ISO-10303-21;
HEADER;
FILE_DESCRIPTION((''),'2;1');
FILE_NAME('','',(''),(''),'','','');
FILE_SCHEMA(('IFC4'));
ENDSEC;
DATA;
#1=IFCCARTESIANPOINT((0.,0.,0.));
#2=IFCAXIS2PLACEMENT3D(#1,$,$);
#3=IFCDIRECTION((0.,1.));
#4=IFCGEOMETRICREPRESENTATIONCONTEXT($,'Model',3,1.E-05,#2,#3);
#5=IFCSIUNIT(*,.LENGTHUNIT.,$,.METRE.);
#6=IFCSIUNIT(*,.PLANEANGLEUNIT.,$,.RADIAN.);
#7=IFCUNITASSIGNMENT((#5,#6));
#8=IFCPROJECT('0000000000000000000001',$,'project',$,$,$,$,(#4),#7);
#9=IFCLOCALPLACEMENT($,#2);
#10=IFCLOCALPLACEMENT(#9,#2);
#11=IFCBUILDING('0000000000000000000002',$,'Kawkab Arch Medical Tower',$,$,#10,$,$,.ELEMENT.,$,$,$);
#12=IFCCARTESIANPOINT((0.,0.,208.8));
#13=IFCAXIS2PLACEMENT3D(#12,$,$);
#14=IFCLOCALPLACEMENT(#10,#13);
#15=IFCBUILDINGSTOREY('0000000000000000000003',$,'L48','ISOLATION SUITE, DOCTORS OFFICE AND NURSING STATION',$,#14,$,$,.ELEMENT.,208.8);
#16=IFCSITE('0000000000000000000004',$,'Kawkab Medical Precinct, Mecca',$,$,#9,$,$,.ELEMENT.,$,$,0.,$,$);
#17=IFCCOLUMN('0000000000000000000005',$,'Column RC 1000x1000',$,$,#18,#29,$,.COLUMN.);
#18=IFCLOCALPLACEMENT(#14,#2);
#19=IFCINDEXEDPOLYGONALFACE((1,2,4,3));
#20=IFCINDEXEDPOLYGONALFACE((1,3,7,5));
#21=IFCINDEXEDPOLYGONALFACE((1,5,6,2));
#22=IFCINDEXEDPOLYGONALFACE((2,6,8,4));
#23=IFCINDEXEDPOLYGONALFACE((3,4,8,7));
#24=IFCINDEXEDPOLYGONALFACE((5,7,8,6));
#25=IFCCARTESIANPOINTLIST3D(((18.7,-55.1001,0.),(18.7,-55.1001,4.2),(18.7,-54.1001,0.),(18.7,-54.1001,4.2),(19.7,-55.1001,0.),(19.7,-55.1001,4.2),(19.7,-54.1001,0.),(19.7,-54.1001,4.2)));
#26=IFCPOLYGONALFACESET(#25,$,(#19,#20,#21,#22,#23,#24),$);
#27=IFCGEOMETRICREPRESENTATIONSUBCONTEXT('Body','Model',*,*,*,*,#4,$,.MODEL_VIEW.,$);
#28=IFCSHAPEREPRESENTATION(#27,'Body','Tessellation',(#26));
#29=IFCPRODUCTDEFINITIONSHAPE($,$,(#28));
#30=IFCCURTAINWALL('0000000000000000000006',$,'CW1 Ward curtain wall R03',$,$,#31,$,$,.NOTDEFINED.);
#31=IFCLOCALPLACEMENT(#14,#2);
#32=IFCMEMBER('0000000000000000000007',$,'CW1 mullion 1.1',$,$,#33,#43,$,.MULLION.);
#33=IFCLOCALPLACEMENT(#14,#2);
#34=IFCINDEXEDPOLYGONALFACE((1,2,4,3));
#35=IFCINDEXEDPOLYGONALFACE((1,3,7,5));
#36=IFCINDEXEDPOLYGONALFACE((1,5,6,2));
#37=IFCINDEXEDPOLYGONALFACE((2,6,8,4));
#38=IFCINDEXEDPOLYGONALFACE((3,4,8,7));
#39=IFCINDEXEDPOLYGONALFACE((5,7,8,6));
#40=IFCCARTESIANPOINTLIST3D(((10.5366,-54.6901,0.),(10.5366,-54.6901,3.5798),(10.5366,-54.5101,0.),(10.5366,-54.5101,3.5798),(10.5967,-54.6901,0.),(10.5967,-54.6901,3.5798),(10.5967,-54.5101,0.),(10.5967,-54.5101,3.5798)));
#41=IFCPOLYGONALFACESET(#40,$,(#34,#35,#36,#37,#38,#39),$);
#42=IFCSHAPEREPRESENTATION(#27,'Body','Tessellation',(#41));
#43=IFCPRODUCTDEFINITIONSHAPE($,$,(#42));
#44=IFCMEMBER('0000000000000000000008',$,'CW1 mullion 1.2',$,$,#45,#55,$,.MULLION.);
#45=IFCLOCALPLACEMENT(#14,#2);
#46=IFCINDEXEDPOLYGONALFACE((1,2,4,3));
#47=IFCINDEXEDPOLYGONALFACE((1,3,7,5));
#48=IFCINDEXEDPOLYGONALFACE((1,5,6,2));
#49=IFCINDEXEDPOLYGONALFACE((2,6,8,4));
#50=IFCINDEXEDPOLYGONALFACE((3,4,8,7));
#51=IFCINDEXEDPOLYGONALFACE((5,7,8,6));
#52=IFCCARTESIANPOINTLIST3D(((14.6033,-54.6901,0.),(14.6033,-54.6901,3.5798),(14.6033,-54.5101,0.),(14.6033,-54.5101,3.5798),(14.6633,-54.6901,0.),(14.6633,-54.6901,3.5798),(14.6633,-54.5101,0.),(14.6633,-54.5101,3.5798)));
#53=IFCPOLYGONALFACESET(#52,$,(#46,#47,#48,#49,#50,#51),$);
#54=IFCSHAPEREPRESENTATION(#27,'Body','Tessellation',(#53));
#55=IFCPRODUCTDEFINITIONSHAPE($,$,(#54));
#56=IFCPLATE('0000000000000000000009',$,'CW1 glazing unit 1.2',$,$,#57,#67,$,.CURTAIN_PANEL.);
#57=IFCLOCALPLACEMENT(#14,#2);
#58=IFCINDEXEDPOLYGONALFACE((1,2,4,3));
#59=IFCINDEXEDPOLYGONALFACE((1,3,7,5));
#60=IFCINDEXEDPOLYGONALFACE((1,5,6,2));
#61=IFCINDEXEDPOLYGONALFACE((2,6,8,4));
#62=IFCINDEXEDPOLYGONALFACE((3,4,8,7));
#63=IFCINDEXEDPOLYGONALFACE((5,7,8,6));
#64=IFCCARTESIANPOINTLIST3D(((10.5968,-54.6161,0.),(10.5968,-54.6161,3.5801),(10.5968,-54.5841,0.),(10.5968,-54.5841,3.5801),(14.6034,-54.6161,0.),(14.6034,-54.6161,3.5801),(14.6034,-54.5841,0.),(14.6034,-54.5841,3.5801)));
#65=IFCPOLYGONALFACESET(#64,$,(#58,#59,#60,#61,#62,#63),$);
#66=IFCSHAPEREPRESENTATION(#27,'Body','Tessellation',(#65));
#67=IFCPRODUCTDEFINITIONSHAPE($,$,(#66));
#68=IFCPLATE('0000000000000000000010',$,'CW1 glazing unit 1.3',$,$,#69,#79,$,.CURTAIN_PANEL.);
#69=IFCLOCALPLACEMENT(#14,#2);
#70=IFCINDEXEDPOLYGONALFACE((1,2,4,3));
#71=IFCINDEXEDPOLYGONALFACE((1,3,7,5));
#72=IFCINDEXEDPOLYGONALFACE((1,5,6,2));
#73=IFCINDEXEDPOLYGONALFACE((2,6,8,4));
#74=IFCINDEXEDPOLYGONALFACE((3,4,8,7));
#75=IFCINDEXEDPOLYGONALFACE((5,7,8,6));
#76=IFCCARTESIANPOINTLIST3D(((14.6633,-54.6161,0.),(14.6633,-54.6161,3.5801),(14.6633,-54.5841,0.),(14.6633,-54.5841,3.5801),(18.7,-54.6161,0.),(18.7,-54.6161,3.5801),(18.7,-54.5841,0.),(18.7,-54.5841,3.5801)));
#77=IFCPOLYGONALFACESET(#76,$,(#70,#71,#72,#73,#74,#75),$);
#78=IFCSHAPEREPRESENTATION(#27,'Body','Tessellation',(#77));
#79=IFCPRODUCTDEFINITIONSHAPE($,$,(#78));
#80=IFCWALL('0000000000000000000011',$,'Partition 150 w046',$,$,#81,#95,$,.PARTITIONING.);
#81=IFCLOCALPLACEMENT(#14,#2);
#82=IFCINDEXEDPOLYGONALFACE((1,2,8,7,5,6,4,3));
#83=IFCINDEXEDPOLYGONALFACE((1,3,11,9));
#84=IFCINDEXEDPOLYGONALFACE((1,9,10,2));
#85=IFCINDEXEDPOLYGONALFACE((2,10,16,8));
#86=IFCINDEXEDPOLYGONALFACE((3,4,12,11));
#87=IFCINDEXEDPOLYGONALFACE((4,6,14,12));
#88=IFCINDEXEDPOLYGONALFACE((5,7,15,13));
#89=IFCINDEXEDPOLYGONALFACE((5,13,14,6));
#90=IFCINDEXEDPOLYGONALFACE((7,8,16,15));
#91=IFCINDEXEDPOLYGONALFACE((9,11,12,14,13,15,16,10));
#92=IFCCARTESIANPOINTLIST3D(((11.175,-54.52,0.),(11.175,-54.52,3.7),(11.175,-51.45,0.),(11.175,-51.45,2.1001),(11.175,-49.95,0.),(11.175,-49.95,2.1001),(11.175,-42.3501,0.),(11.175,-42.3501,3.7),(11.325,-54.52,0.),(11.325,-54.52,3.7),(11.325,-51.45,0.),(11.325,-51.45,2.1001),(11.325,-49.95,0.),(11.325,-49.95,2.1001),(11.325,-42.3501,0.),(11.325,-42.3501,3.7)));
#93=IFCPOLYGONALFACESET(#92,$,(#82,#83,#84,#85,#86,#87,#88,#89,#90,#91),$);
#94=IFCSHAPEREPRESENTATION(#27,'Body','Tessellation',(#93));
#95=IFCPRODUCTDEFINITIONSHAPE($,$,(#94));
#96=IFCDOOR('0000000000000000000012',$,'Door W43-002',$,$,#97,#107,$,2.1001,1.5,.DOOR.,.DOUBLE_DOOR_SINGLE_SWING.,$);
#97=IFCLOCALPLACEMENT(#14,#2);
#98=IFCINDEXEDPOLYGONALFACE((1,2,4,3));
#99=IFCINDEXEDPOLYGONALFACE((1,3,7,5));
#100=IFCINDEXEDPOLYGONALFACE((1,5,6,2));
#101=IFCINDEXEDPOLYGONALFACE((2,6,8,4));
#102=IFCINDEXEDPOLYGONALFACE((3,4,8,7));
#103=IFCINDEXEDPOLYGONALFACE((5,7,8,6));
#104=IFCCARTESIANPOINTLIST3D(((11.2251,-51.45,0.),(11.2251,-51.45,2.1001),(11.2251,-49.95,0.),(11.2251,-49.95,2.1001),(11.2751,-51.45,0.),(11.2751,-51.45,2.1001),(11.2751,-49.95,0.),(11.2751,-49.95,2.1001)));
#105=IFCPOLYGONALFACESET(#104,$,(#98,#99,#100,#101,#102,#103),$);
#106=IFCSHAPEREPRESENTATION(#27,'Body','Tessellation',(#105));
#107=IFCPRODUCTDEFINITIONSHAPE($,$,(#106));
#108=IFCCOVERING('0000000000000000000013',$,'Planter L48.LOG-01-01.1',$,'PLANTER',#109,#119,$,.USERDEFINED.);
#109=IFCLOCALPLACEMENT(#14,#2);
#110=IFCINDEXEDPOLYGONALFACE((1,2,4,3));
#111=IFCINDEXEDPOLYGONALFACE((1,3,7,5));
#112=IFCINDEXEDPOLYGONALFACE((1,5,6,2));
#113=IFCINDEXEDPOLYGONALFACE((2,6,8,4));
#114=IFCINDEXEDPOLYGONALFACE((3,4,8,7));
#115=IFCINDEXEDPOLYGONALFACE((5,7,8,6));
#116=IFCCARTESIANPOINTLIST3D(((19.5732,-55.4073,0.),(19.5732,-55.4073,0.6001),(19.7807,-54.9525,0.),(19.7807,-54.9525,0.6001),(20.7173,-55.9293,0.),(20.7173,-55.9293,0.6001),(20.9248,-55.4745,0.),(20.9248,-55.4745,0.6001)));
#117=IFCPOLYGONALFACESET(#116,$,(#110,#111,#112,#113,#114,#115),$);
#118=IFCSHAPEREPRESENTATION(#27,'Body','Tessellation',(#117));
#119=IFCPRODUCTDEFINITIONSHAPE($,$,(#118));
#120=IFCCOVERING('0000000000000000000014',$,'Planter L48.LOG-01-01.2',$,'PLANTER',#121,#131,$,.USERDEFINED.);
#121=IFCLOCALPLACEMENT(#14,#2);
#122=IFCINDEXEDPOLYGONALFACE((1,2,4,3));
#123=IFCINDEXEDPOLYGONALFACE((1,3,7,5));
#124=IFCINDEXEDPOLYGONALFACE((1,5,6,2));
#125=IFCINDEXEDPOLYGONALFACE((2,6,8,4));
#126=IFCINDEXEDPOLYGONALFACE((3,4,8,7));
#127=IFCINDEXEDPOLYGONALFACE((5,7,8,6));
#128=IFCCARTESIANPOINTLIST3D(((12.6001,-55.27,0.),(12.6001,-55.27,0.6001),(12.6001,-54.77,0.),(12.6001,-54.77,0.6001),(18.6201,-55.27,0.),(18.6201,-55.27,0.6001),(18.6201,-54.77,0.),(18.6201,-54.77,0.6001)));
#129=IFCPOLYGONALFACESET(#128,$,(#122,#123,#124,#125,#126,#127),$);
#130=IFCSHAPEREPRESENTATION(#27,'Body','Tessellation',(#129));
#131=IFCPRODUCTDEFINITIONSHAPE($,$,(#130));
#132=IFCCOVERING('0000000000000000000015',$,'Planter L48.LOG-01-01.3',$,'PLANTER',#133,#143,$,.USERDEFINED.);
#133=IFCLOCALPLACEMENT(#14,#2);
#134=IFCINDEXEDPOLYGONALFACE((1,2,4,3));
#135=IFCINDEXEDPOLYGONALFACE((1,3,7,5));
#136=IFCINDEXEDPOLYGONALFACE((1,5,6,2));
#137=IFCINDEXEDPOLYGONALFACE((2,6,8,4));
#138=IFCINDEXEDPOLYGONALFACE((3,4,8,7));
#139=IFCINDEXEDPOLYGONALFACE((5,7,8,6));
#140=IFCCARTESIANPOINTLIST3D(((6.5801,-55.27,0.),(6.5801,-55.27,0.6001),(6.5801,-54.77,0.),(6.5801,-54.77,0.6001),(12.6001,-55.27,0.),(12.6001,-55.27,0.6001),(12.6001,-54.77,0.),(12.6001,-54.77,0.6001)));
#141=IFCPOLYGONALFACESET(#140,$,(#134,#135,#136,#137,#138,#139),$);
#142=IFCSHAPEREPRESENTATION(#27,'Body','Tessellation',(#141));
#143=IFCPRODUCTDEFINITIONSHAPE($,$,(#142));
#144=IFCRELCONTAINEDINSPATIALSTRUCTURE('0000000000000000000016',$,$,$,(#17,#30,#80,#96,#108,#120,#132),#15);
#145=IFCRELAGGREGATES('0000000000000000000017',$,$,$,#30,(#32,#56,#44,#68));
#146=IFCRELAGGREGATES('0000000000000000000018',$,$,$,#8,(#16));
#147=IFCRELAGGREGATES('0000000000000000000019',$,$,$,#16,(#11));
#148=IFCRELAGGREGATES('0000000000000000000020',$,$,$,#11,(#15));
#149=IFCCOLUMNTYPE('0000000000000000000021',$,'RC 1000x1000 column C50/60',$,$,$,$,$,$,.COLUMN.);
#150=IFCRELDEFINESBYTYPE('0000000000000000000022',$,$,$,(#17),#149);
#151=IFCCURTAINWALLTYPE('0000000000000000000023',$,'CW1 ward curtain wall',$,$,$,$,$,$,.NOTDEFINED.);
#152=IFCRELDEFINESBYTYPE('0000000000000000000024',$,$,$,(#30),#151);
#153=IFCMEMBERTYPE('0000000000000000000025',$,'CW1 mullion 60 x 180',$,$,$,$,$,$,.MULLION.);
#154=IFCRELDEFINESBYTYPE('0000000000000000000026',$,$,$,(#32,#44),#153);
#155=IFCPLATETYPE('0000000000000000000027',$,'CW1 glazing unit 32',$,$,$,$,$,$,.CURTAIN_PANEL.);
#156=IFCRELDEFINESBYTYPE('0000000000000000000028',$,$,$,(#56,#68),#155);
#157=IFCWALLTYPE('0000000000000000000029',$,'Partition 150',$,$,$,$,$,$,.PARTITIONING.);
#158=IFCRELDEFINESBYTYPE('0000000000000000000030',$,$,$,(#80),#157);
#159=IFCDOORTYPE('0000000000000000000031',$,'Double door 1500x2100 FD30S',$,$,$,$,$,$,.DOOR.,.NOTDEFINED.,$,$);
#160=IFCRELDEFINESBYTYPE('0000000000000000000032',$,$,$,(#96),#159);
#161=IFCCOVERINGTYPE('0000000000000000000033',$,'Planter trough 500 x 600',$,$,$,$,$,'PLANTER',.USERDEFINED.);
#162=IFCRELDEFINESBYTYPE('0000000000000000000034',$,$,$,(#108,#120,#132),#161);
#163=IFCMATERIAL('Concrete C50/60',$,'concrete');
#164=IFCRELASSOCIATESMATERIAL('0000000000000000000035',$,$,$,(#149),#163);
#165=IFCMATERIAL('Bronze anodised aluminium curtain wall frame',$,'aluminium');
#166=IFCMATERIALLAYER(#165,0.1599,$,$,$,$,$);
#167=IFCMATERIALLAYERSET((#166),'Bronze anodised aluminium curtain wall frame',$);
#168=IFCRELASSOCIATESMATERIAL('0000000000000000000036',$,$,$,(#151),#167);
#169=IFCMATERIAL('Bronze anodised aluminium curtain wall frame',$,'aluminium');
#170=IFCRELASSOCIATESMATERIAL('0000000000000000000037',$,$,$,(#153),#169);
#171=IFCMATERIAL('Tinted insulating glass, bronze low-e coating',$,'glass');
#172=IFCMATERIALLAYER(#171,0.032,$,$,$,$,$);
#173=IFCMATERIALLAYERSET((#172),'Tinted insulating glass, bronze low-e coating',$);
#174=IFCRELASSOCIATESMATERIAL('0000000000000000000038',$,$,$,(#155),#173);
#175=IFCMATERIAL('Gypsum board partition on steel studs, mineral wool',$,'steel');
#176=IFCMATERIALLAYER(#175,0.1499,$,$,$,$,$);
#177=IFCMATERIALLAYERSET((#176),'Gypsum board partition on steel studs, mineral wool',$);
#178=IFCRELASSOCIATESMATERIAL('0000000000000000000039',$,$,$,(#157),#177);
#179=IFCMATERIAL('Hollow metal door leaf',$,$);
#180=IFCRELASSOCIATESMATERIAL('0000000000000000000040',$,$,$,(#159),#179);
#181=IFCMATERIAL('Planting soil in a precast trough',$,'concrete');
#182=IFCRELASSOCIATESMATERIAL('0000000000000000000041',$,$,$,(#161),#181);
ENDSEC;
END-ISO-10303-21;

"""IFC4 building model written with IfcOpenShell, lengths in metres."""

from ifc_helpers import new_model, si_unit, direction, frame, frame_2d, origin, origin_2d, place, context, subcontext, project, spatial, rectangle, extrude, material, layer, layer_set, material_profile, profile_set, type_object, element, fill, aggregate, save


model = new_model("IFC4")

# Units and contexts
model_context = context("Model", 3, precision=1e-05, world=origin(), true_north=direction((0.0, 1.0)))
body_context = subcontext(model_context, "Body", "Model", "MODEL_VIEW")
ifc_project = project(units=[si_unit("LENGTHUNIT", "METRE"), si_unit("PLANEANGLEUNIT", "RADIAN")], contexts=[model_context])

# Site, building, storey
site_placement = place(None, origin())
site = spatial("IfcSite", under=ifc_project, at=site_placement, Name="Kawkab Medical Precinct, Mecca", CompositionType="ELEMENT", RefElevation=0.0)
building_placement = place(site_placement, origin())
building = spatial("IfcBuilding", under=site, at=building_placement, Name="Kawkab Arch Medical Tower", CompositionType="ELEMENT")
storey_placement = place(building_placement, frame((0.0, 0.0, 208.8)))
storey = spatial("IfcBuildingStorey", under=building, at=storey_placement, Name="L48", Description="ISOLATION SUITE, DOCTORS OFFICE AND NURSING STATION", CompositionType="ELEMENT", Elevation=208.8)

# Column
ifc_material_1 = material(Name="Concrete C50/60", Category="concrete")
ifc_material_profile_1 = material_profile(ifc_material_1, rectangle(XDim=1.0, YDim=1.0, at=origin_2d()), Name="RC 1000x1000")
ifc_profile_set_1 = profile_set([ifc_material_profile_1], Name="Concrete C50/60")
column_type = type_object("IfcColumnType", Name="RC 1000x1000 column C50/60", PredefinedType="COLUMN", material=ifc_profile_set_1)
column_placement = place(storey_placement, frame((19.2, -54.6001, 0.0), z_axis=(0.0, 0.0, 1.0), x_axis=(1.0, 0.0, 0.0)))
element("IfcColumn", 1, at=column_placement, inside=storey, type_object=column_type, Name="Column RC 1000x1000", PredefinedType="COLUMN", context=body_context, shape_type="SweptSolid", body=[
    extrude(rectangle(XDim=1.0, YDim=1.0, at=origin_2d()), origin(), (0.0, 0.0, 1.0), 4.2),
])

# Curtain wall, members, plates
ifc_material_2 = material(Name="Bronze anodised aluminium curtain wall frame", Category="aluminium")
ifc_layer_1 = layer(ifc_material_2, 0.1599)
ifc_layer_set_1 = layer_set([ifc_layer_1], Name="Bronze anodised aluminium curtain wall frame")
curtain_wall_type = type_object("IfcCurtainWallType", Name="CW1 ward curtain wall", PredefinedType="NOTDEFINED", material=ifc_layer_set_1)
curtain_wall_placement = place(storey_placement, origin())
curtain_wall = element("IfcCurtainWall", 2, at=curtain_wall_placement, inside=storey, type_object=curtain_wall_type, Name="CW1 Ward curtain wall R03", PredefinedType="NOTDEFINED")
ifc_material_3 = material(Name="Bronze anodised aluminium curtain wall frame", Category="aluminium")
ifc_material_profile_2 = material_profile(ifc_material_3, rectangle(XDim=0.1799, YDim=0.0601, at=origin_2d()), Name="AL 60x180")
ifc_profile_set_2 = profile_set([ifc_material_profile_2], Name="Bronze anodised aluminium curtain wall frame")
member_type = type_object("IfcMemberType", Name="CW1 mullion 60 x 180", PredefinedType="MULLION", material=ifc_profile_set_2)
member_1_placement = place(storey_placement, frame((10.5667, -54.6001, 0.0), z_axis=(0.0, 0.0, 1.0), x_axis=(0.0, 1.0, 0.0)))
member_1 = element("IfcMember", 3, at=member_1_placement, type_object=member_type, Name="CW1 mullion 1.1", PredefinedType="MULLION", context=body_context, shape_type="SweptSolid", body=[
    extrude(rectangle(XDim=0.1799, YDim=0.0601, at=origin_2d()), origin(), (0.0, 0.0, 1.0), 3.5798),
])
member_2_placement = place(storey_placement, frame((14.6333, -54.6001, 0.0), z_axis=(0.0, 0.0, 1.0), x_axis=(0.0, 1.0, 0.0)))
member_2 = element("IfcMember", 4, at=member_2_placement, type_object=member_type, Name="CW1 mullion 1.2", PredefinedType="MULLION", context=body_context, shape_type="SweptSolid", body=[
    extrude(rectangle(XDim=0.1799, YDim=0.0601, at=origin_2d()), origin(), (0.0, 0.0, 1.0), 3.5798),
])
ifc_material_4 = material(Name="Tinted insulating glass, bronze low-e coating", Category="glass")
ifc_layer_2 = layer(ifc_material_4, 0.032)
ifc_layer_set_2 = layer_set([ifc_layer_2], Name="Tinted insulating glass, bronze low-e coating")
plate_type = type_object("IfcPlateType", Name="CW1 glazing unit 32", PredefinedType="CURTAIN_PANEL", material=ifc_layer_set_2)
plate_1_placement = place(storey_placement, frame((12.6001, -54.6001, 0.0), z_axis=(0.0, 0.0, 1.0), x_axis=(1.0, 0.0, 0.0)))
plate_1 = element("IfcPlate", 5, at=plate_1_placement, type_object=plate_type, Name="CW1 glazing unit 1.2", PredefinedType="CURTAIN_PANEL", context=body_context, shape_type="SweptSolid", body=[
    extrude(rectangle(XDim=4.0066, YDim=0.032, at=origin_2d()), origin(), (0.0, 0.0, 1.0), 3.5801),
])
plate_2_placement = place(storey_placement, frame((16.6816, -54.6001, 0.0), z_axis=(0.0, 0.0, 1.0), x_axis=(1.0, 0.0, 0.0)))
plate_2 = element("IfcPlate", 6, at=plate_2_placement, type_object=plate_type, Name="CW1 glazing unit 1.3", PredefinedType="CURTAIN_PANEL", context=body_context, shape_type="SweptSolid", body=[
    extrude(rectangle(XDim=4.0366, YDim=0.032, at=origin_2d()), origin(), (0.0, 0.0, 1.0), 3.5801),
])
aggregate(curtain_wall, [member_1, plate_1, member_2, plate_2])

# Wall, opening, door
ifc_material_5 = material(Name="Gypsum board partition on steel studs, mineral wool", Category="steel")
ifc_layer_3 = layer(ifc_material_5, 0.1499)
ifc_layer_set_3 = layer_set([ifc_layer_3], Name="Gypsum board partition on steel studs, mineral wool")
wall_type = type_object("IfcWallType", Name="Partition 150", PredefinedType="PARTITIONING", material=ifc_layer_set_3)
wall_placement = place(storey_placement, frame((11.25, -54.52, 0.0), z_axis=(0.0, 0.0, 1.0), x_axis=(0.0, 1.0, 0.0)))
wall = element("IfcWall", 7, at=wall_placement, inside=storey, type_object=wall_type, Name="Partition 150 w046", PredefinedType="PARTITIONING", context=body_context, shape_type="SweptSolid", body=[
    extrude(rectangle(XDim=12.1699, YDim=0.1499, at=frame_2d((6.085, 0.0))), origin(), (0.0, 0.0, 1.0), 3.7),
])
opening_placement = place(wall_placement, frame((3.0701, 0.0, 0.0)))
opening = element("IfcOpeningElement", 8, at=opening_placement, cuts=wall, PredefinedType="OPENING", context=body_context, shape_type="SweptSolid", body=[
    extrude(rectangle(XDim=1.5, YDim=2.1001, at=frame_2d((0.75, 1.05))), frame((0.0, 0.085, 0.0), z_axis=(0.0, -1.0, 0.0), x_axis=(1.0, 0.0, 0.0)), (0.0, 0.0, 1.0), 0.1699),
])
ifc_material_6 = material(Name="Hollow metal door leaf")
door_type = type_object("IfcDoorType", Name="Double door 1500x2100 FD30S", OperationType="NOTDEFINED", PredefinedType="DOOR", material=ifc_material_6)
door_placement = place(opening_placement, origin())
door = element("IfcDoor", 9, at=door_placement, inside=storey, type_object=door_type, Name="Door W43-002", OperationType="DOUBLE_DOOR_SINGLE_SWING", OverallHeight=2.1001, OverallWidth=1.5, PredefinedType="DOOR", context=body_context, shape_type="SweptSolid", body=[
    extrude(rectangle(XDim=1.5, YDim=2.1001, at=frame_2d((0.75, 1.05))), frame((0.0, 0.0249, 0.0), z_axis=(0.0, -1.0, 0.0), x_axis=(1.0, 0.0, 0.0)), (0.0, 0.0, 1.0), 0.05),
])
fill(opening, door)

# Coverings
ifc_material_7 = material(Name="Planting soil in a precast trough", Category="concrete")
ifc_material_profile_3 = material_profile(ifc_material_7, rectangle(XDim=0.5, YDim=0.6001, at=origin_2d()), Name="Trough 500x600")
ifc_profile_set_3 = profile_set([ifc_material_profile_3], Name="Planting soil in a precast trough")
covering_type = type_object("IfcCoveringType", Name="Planter trough 500 x 600", ElementType="PLANTER", PredefinedType="USERDEFINED", material=ifc_profile_set_3)
covering_placement = place(storey_placement, frame((20.821, -55.7019, 0.3), z_axis=(-0.90978, 0.41509, 0.0), x_axis=(-0.41509, -0.90978, 0.0)))
element("IfcCovering", 10, at=covering_placement, inside=storey, type_object=covering_type, Name="Planter L48.LOG-01-01.1", ObjectType="PLANTER", PredefinedType="USERDEFINED", context=body_context, shape_type="SweptSolid", body=[
    extrude(rectangle(XDim=0.5, YDim=0.6001, at=origin_2d()), origin(), (0.0, 0.0, 1.0), 1.2576),
])
for number, where, z_axis, x_axis, name in (
    (11, (18.6201, -55.02, 0.3), (-1.0, 0.0, 0.0), (0.0, -1.0, 0.0), "Planter L48.LOG-01-01.2"),
    (12, (12.6001, -55.02, 0.3), (-1.0, 0.0, 0.0), (0.0, -1.0, 0.0), "Planter L48.LOG-01-01.3"),
):
    element("IfcCovering", number, at=place(storey_placement, frame(where, z_axis=z_axis, x_axis=x_axis)), inside=storey, type_object=covering_type, Name=name, ObjectType="PLANTER", PredefinedType="USERDEFINED", context=body_context, shape_type="SweptSolid", body=[
        extrude(rectangle(XDim=0.5, YDim=0.6001, at=origin_2d()), origin(), (0.0, 0.0, 1.0), 6.02),
    ])

save(model, "model.ifc")
